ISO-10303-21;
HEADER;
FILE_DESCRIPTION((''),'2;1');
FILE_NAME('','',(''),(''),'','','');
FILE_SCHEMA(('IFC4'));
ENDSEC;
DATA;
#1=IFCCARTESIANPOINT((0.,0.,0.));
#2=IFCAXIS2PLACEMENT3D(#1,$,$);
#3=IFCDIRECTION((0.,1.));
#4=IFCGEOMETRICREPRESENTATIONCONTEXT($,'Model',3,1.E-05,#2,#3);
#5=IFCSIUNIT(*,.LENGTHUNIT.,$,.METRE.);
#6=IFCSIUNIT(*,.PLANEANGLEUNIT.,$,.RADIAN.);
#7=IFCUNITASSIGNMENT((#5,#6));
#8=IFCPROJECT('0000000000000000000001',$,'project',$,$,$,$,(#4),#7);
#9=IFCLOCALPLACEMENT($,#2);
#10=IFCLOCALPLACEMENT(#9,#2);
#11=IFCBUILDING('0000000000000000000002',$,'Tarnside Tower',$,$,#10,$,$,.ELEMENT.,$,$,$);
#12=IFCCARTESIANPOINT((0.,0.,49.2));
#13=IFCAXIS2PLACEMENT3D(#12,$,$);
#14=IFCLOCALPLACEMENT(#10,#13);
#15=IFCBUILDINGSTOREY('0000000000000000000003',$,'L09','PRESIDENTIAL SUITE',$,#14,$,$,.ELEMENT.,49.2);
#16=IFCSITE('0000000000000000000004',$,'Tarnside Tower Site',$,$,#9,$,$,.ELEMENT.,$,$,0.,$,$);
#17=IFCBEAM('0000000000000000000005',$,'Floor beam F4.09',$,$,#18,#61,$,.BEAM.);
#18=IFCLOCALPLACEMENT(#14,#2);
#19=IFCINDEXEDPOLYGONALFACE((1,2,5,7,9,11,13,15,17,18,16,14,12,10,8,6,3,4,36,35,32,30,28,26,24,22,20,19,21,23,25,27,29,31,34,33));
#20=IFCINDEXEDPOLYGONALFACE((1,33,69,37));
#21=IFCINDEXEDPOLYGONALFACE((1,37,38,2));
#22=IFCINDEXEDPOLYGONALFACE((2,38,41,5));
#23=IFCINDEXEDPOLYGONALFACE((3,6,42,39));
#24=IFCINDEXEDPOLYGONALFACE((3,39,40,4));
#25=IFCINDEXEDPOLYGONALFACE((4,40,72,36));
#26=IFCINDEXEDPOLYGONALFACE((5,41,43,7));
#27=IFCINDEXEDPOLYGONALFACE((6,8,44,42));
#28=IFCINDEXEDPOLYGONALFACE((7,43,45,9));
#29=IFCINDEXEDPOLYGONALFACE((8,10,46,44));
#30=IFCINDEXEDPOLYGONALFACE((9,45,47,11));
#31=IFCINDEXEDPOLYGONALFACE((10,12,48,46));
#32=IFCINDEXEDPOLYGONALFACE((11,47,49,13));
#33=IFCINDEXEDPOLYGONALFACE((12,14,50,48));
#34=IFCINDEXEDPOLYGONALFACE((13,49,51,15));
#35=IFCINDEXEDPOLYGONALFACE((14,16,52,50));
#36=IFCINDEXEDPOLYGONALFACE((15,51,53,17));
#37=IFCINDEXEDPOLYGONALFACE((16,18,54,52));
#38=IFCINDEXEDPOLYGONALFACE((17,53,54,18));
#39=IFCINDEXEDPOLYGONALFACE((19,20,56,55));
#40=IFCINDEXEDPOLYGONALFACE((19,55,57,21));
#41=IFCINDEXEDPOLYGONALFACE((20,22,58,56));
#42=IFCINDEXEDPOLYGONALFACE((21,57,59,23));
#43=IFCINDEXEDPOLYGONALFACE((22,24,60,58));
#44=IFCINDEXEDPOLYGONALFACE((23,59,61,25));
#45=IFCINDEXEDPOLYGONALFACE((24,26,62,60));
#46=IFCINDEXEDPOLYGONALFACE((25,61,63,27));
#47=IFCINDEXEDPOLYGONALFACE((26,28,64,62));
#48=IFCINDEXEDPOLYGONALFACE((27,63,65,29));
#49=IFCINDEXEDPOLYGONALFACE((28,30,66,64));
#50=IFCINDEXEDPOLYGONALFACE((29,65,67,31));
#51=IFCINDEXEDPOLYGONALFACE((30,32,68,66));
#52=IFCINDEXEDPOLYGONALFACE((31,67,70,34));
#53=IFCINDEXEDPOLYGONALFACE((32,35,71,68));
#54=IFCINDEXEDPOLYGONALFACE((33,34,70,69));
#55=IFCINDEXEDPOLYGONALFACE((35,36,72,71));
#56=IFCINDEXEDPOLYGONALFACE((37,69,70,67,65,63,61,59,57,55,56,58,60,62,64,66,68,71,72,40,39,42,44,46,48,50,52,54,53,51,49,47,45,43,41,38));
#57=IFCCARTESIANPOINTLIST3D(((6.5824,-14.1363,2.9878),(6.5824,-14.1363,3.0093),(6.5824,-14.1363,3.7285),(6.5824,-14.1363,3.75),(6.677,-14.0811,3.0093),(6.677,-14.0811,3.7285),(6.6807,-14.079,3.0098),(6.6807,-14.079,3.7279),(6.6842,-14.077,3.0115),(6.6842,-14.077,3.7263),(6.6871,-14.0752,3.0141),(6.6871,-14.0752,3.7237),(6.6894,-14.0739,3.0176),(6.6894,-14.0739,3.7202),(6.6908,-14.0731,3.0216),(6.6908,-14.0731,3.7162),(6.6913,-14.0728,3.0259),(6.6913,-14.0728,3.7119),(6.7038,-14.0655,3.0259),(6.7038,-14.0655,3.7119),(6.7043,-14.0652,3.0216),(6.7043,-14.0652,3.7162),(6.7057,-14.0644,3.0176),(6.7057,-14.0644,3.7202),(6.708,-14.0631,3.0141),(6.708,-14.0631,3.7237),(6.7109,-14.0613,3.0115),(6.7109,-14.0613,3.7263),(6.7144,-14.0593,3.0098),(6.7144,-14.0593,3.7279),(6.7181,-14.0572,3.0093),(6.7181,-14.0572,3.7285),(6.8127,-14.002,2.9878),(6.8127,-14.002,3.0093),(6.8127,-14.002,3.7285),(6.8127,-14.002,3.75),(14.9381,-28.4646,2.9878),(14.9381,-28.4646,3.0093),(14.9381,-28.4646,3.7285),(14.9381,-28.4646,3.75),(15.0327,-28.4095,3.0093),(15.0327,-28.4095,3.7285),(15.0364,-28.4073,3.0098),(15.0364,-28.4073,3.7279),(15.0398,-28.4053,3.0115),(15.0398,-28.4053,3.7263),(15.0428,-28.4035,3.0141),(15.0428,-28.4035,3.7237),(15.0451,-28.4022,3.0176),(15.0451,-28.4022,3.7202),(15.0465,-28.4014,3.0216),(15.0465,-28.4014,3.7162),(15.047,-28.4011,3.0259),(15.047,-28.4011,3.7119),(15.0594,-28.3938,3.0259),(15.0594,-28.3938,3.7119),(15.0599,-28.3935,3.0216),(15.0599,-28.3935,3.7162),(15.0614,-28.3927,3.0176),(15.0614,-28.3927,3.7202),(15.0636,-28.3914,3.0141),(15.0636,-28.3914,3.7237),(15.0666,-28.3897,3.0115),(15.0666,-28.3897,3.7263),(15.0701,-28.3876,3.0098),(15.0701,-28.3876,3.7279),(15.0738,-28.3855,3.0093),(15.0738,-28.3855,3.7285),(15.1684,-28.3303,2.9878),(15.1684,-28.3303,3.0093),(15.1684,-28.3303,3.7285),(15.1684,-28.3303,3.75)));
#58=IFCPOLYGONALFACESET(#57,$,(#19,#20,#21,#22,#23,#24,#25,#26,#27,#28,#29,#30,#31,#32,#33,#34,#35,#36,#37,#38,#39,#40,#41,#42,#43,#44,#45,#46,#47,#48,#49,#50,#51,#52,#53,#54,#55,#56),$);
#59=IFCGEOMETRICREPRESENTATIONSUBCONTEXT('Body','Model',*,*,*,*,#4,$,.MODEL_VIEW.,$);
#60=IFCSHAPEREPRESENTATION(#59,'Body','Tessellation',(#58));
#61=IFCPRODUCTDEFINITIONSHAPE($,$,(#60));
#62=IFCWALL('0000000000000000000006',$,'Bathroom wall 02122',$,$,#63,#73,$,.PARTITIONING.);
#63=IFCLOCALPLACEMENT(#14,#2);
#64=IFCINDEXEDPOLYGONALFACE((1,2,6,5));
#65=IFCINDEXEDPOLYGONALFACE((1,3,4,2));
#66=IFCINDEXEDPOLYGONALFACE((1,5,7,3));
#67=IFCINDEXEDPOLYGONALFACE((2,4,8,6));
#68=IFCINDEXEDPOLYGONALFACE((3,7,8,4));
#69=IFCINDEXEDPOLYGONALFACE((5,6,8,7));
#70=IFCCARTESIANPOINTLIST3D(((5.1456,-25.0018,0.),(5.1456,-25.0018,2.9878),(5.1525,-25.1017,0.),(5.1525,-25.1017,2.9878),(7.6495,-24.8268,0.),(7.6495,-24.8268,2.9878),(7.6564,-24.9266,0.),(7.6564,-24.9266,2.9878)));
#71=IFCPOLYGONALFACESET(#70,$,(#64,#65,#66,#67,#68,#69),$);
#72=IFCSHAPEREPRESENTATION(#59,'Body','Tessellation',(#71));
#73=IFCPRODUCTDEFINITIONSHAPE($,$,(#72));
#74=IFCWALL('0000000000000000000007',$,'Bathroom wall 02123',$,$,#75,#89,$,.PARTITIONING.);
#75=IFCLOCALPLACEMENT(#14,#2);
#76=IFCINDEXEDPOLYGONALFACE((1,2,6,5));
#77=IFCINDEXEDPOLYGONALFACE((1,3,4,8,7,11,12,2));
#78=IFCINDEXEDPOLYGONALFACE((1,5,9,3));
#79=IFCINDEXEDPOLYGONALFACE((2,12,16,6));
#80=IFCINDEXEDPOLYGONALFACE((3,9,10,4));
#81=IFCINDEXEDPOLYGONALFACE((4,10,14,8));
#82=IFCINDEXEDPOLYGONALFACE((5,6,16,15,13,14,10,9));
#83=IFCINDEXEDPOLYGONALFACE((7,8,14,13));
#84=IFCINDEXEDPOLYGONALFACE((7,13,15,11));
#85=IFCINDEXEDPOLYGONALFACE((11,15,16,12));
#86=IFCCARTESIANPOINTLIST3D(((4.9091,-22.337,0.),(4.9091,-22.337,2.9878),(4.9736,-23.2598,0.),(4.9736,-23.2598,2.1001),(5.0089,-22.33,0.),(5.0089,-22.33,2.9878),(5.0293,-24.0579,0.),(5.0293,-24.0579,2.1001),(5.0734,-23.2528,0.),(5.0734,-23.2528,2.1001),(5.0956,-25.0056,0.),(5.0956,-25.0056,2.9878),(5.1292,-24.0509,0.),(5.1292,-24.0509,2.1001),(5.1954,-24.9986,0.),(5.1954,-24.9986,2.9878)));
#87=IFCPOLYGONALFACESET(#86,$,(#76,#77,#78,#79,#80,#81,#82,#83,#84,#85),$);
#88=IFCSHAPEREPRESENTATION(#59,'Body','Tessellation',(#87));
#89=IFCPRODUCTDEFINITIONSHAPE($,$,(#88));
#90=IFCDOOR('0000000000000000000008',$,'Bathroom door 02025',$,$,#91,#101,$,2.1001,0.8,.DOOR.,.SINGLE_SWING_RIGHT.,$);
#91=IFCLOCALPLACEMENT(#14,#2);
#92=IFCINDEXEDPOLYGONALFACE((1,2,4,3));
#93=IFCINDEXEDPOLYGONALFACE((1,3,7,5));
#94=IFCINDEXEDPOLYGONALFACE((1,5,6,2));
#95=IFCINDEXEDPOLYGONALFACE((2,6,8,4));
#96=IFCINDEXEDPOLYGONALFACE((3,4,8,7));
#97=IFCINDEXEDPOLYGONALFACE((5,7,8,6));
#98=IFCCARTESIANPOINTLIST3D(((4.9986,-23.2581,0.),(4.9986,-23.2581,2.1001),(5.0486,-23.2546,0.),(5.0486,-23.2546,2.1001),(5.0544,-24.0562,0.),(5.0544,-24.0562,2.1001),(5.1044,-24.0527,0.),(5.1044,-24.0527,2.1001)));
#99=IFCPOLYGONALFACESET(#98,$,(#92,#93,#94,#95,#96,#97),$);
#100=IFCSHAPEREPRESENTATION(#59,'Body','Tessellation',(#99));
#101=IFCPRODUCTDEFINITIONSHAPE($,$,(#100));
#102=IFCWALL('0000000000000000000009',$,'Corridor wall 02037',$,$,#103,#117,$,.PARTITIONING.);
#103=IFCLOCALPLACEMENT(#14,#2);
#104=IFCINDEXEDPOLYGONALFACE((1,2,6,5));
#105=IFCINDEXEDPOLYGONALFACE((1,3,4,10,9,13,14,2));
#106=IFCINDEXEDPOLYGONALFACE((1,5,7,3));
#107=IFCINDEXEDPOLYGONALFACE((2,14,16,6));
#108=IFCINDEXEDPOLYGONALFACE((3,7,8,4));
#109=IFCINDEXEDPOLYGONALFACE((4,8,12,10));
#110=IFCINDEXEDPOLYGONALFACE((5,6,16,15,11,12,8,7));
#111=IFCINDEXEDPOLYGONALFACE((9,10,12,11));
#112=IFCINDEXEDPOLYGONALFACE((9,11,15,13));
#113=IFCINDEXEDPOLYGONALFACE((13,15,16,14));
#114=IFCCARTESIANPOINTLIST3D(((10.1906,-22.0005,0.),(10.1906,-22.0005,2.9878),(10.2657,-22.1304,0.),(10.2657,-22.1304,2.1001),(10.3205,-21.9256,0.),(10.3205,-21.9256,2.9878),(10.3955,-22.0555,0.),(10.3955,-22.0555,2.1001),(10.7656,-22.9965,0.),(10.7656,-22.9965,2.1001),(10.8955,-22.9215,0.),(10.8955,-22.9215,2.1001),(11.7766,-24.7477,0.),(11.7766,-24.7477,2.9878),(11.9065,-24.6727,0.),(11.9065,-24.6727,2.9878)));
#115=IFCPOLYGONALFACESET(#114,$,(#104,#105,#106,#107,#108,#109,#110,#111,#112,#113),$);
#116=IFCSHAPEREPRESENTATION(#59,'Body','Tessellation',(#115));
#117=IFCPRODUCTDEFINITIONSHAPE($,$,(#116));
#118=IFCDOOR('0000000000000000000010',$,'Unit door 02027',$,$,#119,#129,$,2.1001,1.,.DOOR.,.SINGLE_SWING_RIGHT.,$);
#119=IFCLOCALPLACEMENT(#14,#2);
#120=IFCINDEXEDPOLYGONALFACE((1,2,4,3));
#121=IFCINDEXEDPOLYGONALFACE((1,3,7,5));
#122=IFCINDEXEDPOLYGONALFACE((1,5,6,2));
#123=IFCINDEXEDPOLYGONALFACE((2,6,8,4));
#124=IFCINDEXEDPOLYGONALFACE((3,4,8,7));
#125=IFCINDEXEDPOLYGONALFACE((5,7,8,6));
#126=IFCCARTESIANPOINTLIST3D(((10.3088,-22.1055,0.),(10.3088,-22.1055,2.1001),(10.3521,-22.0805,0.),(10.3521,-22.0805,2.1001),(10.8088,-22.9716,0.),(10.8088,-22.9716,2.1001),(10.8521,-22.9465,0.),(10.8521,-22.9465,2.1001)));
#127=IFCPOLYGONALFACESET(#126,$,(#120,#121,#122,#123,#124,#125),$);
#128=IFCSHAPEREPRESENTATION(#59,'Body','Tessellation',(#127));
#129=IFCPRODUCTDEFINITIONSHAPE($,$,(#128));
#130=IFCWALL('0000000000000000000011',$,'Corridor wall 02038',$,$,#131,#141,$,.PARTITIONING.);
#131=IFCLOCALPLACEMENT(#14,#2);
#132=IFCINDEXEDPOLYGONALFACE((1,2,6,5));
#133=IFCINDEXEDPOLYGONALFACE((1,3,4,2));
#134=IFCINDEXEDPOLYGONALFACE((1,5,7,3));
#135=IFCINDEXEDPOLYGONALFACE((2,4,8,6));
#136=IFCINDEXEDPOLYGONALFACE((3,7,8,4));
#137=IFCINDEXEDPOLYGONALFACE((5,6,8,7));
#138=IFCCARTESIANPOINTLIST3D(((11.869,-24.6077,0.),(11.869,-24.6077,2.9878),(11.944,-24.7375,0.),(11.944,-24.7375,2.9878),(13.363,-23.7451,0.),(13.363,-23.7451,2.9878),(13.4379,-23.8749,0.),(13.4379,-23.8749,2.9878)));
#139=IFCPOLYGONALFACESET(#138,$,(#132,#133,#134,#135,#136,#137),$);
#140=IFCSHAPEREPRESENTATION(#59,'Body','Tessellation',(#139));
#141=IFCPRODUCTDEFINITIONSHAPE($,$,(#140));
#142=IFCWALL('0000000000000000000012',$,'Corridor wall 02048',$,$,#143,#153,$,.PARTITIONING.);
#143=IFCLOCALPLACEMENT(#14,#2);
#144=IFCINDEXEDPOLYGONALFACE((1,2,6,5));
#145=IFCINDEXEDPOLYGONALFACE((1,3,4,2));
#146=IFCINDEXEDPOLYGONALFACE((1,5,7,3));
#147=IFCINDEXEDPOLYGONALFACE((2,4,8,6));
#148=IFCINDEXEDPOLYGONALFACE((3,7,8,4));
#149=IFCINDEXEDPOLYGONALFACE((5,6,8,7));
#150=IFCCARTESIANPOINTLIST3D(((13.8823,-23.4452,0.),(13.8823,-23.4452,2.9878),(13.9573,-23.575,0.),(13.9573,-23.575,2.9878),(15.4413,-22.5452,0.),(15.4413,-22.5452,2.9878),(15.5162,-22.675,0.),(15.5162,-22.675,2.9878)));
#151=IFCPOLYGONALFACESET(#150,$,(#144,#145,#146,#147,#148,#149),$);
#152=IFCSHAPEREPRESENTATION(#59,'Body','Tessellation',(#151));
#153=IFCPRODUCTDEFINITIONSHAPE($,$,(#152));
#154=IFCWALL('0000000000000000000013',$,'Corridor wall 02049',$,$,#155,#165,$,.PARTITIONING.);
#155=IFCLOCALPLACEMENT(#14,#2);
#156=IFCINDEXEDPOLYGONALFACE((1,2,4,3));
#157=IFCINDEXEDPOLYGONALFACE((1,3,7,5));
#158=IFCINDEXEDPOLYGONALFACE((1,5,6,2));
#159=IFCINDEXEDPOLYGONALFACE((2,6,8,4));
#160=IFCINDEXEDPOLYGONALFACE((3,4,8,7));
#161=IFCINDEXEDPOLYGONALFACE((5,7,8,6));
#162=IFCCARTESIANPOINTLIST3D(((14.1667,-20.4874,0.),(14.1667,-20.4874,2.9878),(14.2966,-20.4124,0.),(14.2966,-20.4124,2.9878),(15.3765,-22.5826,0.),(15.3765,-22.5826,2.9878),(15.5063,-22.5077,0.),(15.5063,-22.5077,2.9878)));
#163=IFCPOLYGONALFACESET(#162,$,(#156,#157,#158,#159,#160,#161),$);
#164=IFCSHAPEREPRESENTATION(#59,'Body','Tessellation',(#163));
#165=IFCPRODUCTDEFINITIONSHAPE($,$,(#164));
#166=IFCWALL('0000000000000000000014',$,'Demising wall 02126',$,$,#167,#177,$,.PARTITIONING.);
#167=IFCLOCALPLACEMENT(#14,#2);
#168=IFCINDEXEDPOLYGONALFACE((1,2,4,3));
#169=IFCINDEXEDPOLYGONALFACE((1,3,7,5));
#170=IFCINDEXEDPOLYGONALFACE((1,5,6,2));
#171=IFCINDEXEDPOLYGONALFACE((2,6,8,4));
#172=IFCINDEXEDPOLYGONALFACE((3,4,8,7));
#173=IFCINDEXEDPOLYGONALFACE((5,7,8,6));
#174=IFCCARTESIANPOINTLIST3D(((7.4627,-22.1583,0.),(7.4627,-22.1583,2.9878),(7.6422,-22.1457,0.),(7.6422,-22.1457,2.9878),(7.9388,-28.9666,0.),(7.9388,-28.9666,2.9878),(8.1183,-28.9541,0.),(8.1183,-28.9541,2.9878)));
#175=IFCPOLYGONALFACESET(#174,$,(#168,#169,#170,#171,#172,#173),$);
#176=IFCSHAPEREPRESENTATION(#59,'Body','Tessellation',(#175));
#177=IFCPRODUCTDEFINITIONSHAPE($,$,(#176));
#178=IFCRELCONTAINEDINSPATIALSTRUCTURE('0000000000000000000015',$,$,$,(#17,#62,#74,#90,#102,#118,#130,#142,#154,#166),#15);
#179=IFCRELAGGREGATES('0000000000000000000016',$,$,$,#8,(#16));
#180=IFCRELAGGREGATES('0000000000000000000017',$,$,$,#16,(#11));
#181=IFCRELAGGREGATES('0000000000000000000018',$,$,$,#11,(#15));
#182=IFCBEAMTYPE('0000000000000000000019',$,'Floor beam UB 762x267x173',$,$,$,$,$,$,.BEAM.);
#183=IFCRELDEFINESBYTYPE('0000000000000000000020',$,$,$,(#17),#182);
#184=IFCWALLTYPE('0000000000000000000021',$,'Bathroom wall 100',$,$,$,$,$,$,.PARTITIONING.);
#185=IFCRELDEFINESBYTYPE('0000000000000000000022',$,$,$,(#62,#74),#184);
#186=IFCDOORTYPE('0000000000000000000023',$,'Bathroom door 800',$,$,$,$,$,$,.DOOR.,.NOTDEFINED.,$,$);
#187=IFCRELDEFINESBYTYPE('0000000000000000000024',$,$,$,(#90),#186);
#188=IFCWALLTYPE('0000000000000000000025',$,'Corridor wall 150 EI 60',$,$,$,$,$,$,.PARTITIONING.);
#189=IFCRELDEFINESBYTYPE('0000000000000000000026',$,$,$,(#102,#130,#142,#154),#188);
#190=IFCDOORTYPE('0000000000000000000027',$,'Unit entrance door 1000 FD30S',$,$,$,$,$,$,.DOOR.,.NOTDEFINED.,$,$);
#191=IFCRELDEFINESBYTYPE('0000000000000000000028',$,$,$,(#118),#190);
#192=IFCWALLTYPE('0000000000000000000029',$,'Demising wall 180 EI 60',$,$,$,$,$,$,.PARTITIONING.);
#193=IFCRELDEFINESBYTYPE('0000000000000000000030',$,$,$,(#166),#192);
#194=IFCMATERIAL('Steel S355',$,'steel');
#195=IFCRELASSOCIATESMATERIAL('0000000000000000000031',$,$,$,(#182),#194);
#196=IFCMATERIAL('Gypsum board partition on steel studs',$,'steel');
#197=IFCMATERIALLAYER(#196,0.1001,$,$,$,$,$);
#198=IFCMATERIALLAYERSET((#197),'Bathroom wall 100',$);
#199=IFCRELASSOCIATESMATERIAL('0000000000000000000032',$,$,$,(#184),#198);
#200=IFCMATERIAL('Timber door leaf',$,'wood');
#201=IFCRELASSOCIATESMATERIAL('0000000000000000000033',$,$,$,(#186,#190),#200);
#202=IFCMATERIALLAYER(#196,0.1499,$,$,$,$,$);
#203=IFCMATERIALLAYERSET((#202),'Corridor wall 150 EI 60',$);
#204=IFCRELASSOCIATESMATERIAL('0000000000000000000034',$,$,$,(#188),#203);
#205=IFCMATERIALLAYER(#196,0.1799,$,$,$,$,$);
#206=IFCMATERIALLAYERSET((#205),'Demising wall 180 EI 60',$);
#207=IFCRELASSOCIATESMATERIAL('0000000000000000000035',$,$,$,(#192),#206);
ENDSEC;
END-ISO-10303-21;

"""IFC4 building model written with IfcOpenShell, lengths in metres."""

from ifc_helpers import new_model, si_unit, direction, frame, frame_2d, origin, origin_2d, place, context, subcontext, project, spatial, rectangle, i_section, extrude, material, layer, layer_set, material_profile, profile_set, type_object, element, fill, save


model = new_model("IFC4")

# Units and contexts
model_context = context("Model", 3, precision=1e-05, world=origin(), true_north=direction((0.0, 1.0)))
body_context = subcontext(model_context, "Body", "Model", "MODEL_VIEW")
ifc_project = project(units=[si_unit("LENGTHUNIT", "METRE"), si_unit("PLANEANGLEUNIT", "RADIAN")], contexts=[model_context])

# Site, building, storey
site_placement = place(None, origin())
site = spatial("IfcSite", under=ifc_project, at=site_placement, Name="Tarnside Tower Site", CompositionType="ELEMENT", RefElevation=0.0)
building_placement = place(site_placement, origin())
building = spatial("IfcBuilding", under=site, at=building_placement, Name="Tarnside Tower", CompositionType="ELEMENT")
storey_placement = place(building_placement, frame((0.0, 0.0, 49.2)))
storey = spatial("IfcBuildingStorey", under=building, at=storey_placement, Name="L09", Description="PRESIDENTIAL SUITE", CompositionType="ELEMENT", Elevation=49.2)

# Beam
ifc_material_1 = material(Name="Steel S355", Category="steel")
ifc_material_profile_1 = material_profile(ifc_material_1, i_section(OverallWidth=0.2666, OverallDepth=0.7622, WebThickness=0.0144, FlangeThickness=0.0215, FilletRadius=0.0166, at=origin_2d()), Name="UB 762x267x173")
ifc_profile_set_1 = profile_set([ifc_material_profile_1], Name="Steel S355")
beam_type_1 = type_object("IfcBeamType", Name="Floor beam UB 762x267x173", PredefinedType="BEAM", material=ifc_profile_set_1)
beam_1_placement = place(storey_placement, frame((15.0532, -28.3975, 3.3689), z_axis=(-0.503758, 0.863845, 0.0), x_axis=(-0.863845, -0.503758, 0.0)))
element("IfcBeam", 1, at=beam_1_placement, inside=storey, type_object=beam_type_1, Name="Floor beam F4.09", PredefinedType="BEAM", context=body_context, shape_type="SweptSolid", body=[
    extrude(i_section(OverallWidth=0.2666, OverallDepth=0.7622, WebThickness=0.0144, FlangeThickness=0.0215, FilletRadius=0.0166, at=origin_2d()), origin(), (0.0, 0.0, 1.0), 16.5867),
])

# Wall
ifc_material_2 = material(Name="Gypsum board partition on steel studs", Category="steel")
ifc_layer_1 = layer(ifc_material_2, 0.1001)
ifc_layer_set_1 = layer_set([ifc_layer_1], Name="Bathroom wall 100")
wall_type_1 = type_object("IfcWallType", Name="Bathroom wall 100", PredefinedType="PARTITIONING", material=ifc_layer_set_1)
wall_1_placement = place(storey_placement, frame((7.6528, -24.8767, 0.0), z_axis=(0.0, 0.0, 1.0), x_axis=(-0.997565, -0.06974, 0.0)))
element("IfcWall", 2, at=wall_1_placement, inside=storey, type_object=wall_type_1, Name="Bathroom wall 02122", PredefinedType="PARTITIONING", context=body_context, shape_type="SweptSolid", body=[
    extrude(rectangle(XDim=2.51, YDim=0.1001, at=frame_2d((1.2549, 0.0))), origin(), (0.0, 0.0, 1.0), 2.9878),
])

# Walls, openings, doors
wall_2_placement = place(storey_placement, frame((5.1455, -25.002, 0.0), z_axis=(0.0, 0.0, 1.0), x_axis=(-0.069729, 0.997566, 0.0)))
wall_2 = element("IfcWall", 3, at=wall_2_placement, inside=storey, type_object=wall_type_1, Name="Bathroom wall 02123", PredefinedType="PARTITIONING", context=body_context, shape_type="SweptSolid", body=[
    extrude(rectangle(XDim=2.675, YDim=0.1001, at=frame_2d((1.3374, 0.0))), origin(), (0.0, 0.0, 1.0), 2.9878),
])
opening_1_placement = place(wall_2_placement, frame((0.95, 0.0, 0.0)))
opening_1 = element("IfcOpeningElement", 4, at=opening_1_placement, cuts=wall_2, PredefinedType="OPENING", context=body_context, shape_type="SweptSolid", body=[
    extrude(rectangle(XDim=0.8, YDim=2.1001, at=frame_2d((0.3999, 1.05))), frame((0.0, 0.0601, 0.0), z_axis=(0.0, -1.0, 0.0), x_axis=(1.0, 0.0, 0.0)), (0.0, 0.0, 1.0), 0.1201),
])
ifc_material_3 = material(Name="Timber door leaf", Category="wood")
door_type_1 = type_object("IfcDoorType", Name="Bathroom door 800", OperationType="NOTDEFINED", PredefinedType="DOOR", material=ifc_material_3)
door_1_placement = place(opening_1_placement, origin())
door_1 = element("IfcDoor", 5, at=door_1_placement, inside=storey, type_object=door_type_1, Name="Bathroom door 02025", OperationType="SINGLE_SWING_RIGHT", OverallHeight=2.1001, OverallWidth=0.8, PredefinedType="DOOR", context=body_context, shape_type="SweptSolid", body=[
    extrude(rectangle(XDim=0.8, YDim=2.1001, at=frame_2d((0.3999, 1.05))), frame((0.0, 0.0249, 0.0), z_axis=(0.0, -1.0, 0.0), x_axis=(1.0, 0.0, 0.0)), (0.0, 0.0, 1.0), 0.05),
])
fill(opening_1, door_1)
ifc_layer_2 = layer(ifc_material_2, 0.1499)
ifc_layer_set_2 = layer_set([ifc_layer_2], Name="Corridor wall 150 EI 60")
wall_type_2 = type_object("IfcWallType", Name="Corridor wall 150 EI 60", PredefinedType="PARTITIONING", material=ifc_layer_set_2)
wall_3_placement = place(storey_placement, frame((10.2556, -21.9631, 0.0), z_axis=(0.0, 0.0, 1.0), x_axis=(0.49998, -0.866037, 0.0)))
wall_3 = element("IfcWall", 6, at=wall_3_placement, inside=storey, type_object=wall_type_2, Name="Corridor wall 02037", PredefinedType="PARTITIONING", context=body_context, shape_type="SweptSolid", body=[
    extrude(rectangle(XDim=3.1721, YDim=0.1499, at=frame_2d((1.5859, 0.0))), origin(), (0.0, 0.0, 1.0), 2.9878),
])
opening_2_placement = place(wall_3_placement, frame((0.1499, 0.0, 0.0)))
opening_2 = element("IfcOpeningElement", 7, at=opening_2_placement, cuts=wall_3, PredefinedType="OPENING", context=body_context, shape_type="SweptSolid", body=[
    extrude(rectangle(XDim=1.0, YDim=2.1001, at=frame_2d((0.5, 1.05))), frame((0.0, 0.085, 0.0), z_axis=(0.0, -1.0, 0.0), x_axis=(1.0, 0.0, 0.0)), (0.0, 0.0, 1.0), 0.1699),
])
door_type_2 = type_object("IfcDoorType", Name="Unit entrance door 1000 FD30S", OperationType="NOTDEFINED", PredefinedType="DOOR", material=ifc_material_3)
door_2_placement = place(opening_2_placement, origin())
door_2 = element("IfcDoor", 8, at=door_2_placement, inside=storey, type_object=door_type_2, Name="Unit door 02027", OperationType="SINGLE_SWING_RIGHT", OverallHeight=2.1001, OverallWidth=1.0, PredefinedType="DOOR", context=body_context, shape_type="SweptSolid", body=[
    extrude(rectangle(XDim=1.0, YDim=2.1001, at=frame_2d((0.5, 1.05))), frame((0.0, 0.0249, 0.0), z_axis=(0.0, -1.0, 0.0), x_axis=(1.0, 0.0, 0.0)), (0.0, 0.0, 1.0), 0.05),
])
fill(opening_2, door_2)

# Walls
wall_4_placement = place(storey_placement, frame((11.9065, -24.6726, 0.0), z_axis=(0.0, 0.0, 1.0), x_axis=(0.866014, 0.500021, 0.0)))
element("IfcWall", 9, at=wall_4_placement, inside=storey, type_object=wall_type_2, Name="Corridor wall 02038", PredefinedType="PARTITIONING", context=body_context, shape_type="SweptSolid", body=[
    extrude(rectangle(XDim=1.7251, YDim=0.1499, at=frame_2d((0.8625, 0.0))), origin(), (0.0, 0.0, 1.0), 2.9878),
])
wall_5_placement = place(storey_placement, frame((13.9199, -23.51, 0.0), z_axis=(0.0, 0.0, 1.0), x_axis=(0.866048, 0.499961, 0.0)))
element("IfcWall", 10, at=wall_5_placement, inside=storey, type_object=wall_type_2, Name="Corridor wall 02048", PredefinedType="PARTITIONING", context=body_context, shape_type="SweptSolid", body=[
    extrude(rectangle(XDim=1.8, YDim=0.1499, at=frame_2d((0.8999, 0.0))), origin(), (0.0, 0.0, 1.0), 2.9878),
])
wall_6_placement = place(storey_placement, frame((15.4414, -22.5452, 0.0), z_axis=(0.0, 0.0, 1.0), x_axis=(-0.500014, 0.866018, 0.0)))
element("IfcWall", 11, at=wall_6_placement, inside=storey, type_object=wall_type_2, Name="Corridor wall 02049", PredefinedType="PARTITIONING", context=body_context, shape_type="SweptSolid", body=[
    extrude(rectangle(XDim=2.4194, YDim=0.1499, at=frame_2d((1.2097, 0.0))), origin(), (0.0, 0.0, 1.0), 2.9878),
])
ifc_layer_3 = layer(ifc_material_2, 0.1799)
ifc_layer_set_3 = layer_set([ifc_layer_3], Name="Demising wall 180 EI 60")
wall_type_3 = type_object("IfcWallType", Name="Demising wall 180 EI 60", PredefinedType="PARTITIONING", material=ifc_layer_set_3)
wall_7_placement = place(storey_placement, frame((8.0286, -28.9604, 0.0), z_axis=(0.0, 0.0, 1.0), x_axis=(-0.069755, 0.997564, 0.0)))
element("IfcWall", 12, at=wall_7_placement, inside=storey, type_object=wall_type_3, Name="Demising wall 02126", PredefinedType="PARTITIONING", context=body_context, shape_type="SweptSolid", body=[
    extrude(rectangle(XDim=6.825, YDim=0.1799, at=frame_2d((3.4126, 0.0))), origin(), (0.0, 0.0, 1.0), 2.9878),
])

save(model, "model.ifc")
